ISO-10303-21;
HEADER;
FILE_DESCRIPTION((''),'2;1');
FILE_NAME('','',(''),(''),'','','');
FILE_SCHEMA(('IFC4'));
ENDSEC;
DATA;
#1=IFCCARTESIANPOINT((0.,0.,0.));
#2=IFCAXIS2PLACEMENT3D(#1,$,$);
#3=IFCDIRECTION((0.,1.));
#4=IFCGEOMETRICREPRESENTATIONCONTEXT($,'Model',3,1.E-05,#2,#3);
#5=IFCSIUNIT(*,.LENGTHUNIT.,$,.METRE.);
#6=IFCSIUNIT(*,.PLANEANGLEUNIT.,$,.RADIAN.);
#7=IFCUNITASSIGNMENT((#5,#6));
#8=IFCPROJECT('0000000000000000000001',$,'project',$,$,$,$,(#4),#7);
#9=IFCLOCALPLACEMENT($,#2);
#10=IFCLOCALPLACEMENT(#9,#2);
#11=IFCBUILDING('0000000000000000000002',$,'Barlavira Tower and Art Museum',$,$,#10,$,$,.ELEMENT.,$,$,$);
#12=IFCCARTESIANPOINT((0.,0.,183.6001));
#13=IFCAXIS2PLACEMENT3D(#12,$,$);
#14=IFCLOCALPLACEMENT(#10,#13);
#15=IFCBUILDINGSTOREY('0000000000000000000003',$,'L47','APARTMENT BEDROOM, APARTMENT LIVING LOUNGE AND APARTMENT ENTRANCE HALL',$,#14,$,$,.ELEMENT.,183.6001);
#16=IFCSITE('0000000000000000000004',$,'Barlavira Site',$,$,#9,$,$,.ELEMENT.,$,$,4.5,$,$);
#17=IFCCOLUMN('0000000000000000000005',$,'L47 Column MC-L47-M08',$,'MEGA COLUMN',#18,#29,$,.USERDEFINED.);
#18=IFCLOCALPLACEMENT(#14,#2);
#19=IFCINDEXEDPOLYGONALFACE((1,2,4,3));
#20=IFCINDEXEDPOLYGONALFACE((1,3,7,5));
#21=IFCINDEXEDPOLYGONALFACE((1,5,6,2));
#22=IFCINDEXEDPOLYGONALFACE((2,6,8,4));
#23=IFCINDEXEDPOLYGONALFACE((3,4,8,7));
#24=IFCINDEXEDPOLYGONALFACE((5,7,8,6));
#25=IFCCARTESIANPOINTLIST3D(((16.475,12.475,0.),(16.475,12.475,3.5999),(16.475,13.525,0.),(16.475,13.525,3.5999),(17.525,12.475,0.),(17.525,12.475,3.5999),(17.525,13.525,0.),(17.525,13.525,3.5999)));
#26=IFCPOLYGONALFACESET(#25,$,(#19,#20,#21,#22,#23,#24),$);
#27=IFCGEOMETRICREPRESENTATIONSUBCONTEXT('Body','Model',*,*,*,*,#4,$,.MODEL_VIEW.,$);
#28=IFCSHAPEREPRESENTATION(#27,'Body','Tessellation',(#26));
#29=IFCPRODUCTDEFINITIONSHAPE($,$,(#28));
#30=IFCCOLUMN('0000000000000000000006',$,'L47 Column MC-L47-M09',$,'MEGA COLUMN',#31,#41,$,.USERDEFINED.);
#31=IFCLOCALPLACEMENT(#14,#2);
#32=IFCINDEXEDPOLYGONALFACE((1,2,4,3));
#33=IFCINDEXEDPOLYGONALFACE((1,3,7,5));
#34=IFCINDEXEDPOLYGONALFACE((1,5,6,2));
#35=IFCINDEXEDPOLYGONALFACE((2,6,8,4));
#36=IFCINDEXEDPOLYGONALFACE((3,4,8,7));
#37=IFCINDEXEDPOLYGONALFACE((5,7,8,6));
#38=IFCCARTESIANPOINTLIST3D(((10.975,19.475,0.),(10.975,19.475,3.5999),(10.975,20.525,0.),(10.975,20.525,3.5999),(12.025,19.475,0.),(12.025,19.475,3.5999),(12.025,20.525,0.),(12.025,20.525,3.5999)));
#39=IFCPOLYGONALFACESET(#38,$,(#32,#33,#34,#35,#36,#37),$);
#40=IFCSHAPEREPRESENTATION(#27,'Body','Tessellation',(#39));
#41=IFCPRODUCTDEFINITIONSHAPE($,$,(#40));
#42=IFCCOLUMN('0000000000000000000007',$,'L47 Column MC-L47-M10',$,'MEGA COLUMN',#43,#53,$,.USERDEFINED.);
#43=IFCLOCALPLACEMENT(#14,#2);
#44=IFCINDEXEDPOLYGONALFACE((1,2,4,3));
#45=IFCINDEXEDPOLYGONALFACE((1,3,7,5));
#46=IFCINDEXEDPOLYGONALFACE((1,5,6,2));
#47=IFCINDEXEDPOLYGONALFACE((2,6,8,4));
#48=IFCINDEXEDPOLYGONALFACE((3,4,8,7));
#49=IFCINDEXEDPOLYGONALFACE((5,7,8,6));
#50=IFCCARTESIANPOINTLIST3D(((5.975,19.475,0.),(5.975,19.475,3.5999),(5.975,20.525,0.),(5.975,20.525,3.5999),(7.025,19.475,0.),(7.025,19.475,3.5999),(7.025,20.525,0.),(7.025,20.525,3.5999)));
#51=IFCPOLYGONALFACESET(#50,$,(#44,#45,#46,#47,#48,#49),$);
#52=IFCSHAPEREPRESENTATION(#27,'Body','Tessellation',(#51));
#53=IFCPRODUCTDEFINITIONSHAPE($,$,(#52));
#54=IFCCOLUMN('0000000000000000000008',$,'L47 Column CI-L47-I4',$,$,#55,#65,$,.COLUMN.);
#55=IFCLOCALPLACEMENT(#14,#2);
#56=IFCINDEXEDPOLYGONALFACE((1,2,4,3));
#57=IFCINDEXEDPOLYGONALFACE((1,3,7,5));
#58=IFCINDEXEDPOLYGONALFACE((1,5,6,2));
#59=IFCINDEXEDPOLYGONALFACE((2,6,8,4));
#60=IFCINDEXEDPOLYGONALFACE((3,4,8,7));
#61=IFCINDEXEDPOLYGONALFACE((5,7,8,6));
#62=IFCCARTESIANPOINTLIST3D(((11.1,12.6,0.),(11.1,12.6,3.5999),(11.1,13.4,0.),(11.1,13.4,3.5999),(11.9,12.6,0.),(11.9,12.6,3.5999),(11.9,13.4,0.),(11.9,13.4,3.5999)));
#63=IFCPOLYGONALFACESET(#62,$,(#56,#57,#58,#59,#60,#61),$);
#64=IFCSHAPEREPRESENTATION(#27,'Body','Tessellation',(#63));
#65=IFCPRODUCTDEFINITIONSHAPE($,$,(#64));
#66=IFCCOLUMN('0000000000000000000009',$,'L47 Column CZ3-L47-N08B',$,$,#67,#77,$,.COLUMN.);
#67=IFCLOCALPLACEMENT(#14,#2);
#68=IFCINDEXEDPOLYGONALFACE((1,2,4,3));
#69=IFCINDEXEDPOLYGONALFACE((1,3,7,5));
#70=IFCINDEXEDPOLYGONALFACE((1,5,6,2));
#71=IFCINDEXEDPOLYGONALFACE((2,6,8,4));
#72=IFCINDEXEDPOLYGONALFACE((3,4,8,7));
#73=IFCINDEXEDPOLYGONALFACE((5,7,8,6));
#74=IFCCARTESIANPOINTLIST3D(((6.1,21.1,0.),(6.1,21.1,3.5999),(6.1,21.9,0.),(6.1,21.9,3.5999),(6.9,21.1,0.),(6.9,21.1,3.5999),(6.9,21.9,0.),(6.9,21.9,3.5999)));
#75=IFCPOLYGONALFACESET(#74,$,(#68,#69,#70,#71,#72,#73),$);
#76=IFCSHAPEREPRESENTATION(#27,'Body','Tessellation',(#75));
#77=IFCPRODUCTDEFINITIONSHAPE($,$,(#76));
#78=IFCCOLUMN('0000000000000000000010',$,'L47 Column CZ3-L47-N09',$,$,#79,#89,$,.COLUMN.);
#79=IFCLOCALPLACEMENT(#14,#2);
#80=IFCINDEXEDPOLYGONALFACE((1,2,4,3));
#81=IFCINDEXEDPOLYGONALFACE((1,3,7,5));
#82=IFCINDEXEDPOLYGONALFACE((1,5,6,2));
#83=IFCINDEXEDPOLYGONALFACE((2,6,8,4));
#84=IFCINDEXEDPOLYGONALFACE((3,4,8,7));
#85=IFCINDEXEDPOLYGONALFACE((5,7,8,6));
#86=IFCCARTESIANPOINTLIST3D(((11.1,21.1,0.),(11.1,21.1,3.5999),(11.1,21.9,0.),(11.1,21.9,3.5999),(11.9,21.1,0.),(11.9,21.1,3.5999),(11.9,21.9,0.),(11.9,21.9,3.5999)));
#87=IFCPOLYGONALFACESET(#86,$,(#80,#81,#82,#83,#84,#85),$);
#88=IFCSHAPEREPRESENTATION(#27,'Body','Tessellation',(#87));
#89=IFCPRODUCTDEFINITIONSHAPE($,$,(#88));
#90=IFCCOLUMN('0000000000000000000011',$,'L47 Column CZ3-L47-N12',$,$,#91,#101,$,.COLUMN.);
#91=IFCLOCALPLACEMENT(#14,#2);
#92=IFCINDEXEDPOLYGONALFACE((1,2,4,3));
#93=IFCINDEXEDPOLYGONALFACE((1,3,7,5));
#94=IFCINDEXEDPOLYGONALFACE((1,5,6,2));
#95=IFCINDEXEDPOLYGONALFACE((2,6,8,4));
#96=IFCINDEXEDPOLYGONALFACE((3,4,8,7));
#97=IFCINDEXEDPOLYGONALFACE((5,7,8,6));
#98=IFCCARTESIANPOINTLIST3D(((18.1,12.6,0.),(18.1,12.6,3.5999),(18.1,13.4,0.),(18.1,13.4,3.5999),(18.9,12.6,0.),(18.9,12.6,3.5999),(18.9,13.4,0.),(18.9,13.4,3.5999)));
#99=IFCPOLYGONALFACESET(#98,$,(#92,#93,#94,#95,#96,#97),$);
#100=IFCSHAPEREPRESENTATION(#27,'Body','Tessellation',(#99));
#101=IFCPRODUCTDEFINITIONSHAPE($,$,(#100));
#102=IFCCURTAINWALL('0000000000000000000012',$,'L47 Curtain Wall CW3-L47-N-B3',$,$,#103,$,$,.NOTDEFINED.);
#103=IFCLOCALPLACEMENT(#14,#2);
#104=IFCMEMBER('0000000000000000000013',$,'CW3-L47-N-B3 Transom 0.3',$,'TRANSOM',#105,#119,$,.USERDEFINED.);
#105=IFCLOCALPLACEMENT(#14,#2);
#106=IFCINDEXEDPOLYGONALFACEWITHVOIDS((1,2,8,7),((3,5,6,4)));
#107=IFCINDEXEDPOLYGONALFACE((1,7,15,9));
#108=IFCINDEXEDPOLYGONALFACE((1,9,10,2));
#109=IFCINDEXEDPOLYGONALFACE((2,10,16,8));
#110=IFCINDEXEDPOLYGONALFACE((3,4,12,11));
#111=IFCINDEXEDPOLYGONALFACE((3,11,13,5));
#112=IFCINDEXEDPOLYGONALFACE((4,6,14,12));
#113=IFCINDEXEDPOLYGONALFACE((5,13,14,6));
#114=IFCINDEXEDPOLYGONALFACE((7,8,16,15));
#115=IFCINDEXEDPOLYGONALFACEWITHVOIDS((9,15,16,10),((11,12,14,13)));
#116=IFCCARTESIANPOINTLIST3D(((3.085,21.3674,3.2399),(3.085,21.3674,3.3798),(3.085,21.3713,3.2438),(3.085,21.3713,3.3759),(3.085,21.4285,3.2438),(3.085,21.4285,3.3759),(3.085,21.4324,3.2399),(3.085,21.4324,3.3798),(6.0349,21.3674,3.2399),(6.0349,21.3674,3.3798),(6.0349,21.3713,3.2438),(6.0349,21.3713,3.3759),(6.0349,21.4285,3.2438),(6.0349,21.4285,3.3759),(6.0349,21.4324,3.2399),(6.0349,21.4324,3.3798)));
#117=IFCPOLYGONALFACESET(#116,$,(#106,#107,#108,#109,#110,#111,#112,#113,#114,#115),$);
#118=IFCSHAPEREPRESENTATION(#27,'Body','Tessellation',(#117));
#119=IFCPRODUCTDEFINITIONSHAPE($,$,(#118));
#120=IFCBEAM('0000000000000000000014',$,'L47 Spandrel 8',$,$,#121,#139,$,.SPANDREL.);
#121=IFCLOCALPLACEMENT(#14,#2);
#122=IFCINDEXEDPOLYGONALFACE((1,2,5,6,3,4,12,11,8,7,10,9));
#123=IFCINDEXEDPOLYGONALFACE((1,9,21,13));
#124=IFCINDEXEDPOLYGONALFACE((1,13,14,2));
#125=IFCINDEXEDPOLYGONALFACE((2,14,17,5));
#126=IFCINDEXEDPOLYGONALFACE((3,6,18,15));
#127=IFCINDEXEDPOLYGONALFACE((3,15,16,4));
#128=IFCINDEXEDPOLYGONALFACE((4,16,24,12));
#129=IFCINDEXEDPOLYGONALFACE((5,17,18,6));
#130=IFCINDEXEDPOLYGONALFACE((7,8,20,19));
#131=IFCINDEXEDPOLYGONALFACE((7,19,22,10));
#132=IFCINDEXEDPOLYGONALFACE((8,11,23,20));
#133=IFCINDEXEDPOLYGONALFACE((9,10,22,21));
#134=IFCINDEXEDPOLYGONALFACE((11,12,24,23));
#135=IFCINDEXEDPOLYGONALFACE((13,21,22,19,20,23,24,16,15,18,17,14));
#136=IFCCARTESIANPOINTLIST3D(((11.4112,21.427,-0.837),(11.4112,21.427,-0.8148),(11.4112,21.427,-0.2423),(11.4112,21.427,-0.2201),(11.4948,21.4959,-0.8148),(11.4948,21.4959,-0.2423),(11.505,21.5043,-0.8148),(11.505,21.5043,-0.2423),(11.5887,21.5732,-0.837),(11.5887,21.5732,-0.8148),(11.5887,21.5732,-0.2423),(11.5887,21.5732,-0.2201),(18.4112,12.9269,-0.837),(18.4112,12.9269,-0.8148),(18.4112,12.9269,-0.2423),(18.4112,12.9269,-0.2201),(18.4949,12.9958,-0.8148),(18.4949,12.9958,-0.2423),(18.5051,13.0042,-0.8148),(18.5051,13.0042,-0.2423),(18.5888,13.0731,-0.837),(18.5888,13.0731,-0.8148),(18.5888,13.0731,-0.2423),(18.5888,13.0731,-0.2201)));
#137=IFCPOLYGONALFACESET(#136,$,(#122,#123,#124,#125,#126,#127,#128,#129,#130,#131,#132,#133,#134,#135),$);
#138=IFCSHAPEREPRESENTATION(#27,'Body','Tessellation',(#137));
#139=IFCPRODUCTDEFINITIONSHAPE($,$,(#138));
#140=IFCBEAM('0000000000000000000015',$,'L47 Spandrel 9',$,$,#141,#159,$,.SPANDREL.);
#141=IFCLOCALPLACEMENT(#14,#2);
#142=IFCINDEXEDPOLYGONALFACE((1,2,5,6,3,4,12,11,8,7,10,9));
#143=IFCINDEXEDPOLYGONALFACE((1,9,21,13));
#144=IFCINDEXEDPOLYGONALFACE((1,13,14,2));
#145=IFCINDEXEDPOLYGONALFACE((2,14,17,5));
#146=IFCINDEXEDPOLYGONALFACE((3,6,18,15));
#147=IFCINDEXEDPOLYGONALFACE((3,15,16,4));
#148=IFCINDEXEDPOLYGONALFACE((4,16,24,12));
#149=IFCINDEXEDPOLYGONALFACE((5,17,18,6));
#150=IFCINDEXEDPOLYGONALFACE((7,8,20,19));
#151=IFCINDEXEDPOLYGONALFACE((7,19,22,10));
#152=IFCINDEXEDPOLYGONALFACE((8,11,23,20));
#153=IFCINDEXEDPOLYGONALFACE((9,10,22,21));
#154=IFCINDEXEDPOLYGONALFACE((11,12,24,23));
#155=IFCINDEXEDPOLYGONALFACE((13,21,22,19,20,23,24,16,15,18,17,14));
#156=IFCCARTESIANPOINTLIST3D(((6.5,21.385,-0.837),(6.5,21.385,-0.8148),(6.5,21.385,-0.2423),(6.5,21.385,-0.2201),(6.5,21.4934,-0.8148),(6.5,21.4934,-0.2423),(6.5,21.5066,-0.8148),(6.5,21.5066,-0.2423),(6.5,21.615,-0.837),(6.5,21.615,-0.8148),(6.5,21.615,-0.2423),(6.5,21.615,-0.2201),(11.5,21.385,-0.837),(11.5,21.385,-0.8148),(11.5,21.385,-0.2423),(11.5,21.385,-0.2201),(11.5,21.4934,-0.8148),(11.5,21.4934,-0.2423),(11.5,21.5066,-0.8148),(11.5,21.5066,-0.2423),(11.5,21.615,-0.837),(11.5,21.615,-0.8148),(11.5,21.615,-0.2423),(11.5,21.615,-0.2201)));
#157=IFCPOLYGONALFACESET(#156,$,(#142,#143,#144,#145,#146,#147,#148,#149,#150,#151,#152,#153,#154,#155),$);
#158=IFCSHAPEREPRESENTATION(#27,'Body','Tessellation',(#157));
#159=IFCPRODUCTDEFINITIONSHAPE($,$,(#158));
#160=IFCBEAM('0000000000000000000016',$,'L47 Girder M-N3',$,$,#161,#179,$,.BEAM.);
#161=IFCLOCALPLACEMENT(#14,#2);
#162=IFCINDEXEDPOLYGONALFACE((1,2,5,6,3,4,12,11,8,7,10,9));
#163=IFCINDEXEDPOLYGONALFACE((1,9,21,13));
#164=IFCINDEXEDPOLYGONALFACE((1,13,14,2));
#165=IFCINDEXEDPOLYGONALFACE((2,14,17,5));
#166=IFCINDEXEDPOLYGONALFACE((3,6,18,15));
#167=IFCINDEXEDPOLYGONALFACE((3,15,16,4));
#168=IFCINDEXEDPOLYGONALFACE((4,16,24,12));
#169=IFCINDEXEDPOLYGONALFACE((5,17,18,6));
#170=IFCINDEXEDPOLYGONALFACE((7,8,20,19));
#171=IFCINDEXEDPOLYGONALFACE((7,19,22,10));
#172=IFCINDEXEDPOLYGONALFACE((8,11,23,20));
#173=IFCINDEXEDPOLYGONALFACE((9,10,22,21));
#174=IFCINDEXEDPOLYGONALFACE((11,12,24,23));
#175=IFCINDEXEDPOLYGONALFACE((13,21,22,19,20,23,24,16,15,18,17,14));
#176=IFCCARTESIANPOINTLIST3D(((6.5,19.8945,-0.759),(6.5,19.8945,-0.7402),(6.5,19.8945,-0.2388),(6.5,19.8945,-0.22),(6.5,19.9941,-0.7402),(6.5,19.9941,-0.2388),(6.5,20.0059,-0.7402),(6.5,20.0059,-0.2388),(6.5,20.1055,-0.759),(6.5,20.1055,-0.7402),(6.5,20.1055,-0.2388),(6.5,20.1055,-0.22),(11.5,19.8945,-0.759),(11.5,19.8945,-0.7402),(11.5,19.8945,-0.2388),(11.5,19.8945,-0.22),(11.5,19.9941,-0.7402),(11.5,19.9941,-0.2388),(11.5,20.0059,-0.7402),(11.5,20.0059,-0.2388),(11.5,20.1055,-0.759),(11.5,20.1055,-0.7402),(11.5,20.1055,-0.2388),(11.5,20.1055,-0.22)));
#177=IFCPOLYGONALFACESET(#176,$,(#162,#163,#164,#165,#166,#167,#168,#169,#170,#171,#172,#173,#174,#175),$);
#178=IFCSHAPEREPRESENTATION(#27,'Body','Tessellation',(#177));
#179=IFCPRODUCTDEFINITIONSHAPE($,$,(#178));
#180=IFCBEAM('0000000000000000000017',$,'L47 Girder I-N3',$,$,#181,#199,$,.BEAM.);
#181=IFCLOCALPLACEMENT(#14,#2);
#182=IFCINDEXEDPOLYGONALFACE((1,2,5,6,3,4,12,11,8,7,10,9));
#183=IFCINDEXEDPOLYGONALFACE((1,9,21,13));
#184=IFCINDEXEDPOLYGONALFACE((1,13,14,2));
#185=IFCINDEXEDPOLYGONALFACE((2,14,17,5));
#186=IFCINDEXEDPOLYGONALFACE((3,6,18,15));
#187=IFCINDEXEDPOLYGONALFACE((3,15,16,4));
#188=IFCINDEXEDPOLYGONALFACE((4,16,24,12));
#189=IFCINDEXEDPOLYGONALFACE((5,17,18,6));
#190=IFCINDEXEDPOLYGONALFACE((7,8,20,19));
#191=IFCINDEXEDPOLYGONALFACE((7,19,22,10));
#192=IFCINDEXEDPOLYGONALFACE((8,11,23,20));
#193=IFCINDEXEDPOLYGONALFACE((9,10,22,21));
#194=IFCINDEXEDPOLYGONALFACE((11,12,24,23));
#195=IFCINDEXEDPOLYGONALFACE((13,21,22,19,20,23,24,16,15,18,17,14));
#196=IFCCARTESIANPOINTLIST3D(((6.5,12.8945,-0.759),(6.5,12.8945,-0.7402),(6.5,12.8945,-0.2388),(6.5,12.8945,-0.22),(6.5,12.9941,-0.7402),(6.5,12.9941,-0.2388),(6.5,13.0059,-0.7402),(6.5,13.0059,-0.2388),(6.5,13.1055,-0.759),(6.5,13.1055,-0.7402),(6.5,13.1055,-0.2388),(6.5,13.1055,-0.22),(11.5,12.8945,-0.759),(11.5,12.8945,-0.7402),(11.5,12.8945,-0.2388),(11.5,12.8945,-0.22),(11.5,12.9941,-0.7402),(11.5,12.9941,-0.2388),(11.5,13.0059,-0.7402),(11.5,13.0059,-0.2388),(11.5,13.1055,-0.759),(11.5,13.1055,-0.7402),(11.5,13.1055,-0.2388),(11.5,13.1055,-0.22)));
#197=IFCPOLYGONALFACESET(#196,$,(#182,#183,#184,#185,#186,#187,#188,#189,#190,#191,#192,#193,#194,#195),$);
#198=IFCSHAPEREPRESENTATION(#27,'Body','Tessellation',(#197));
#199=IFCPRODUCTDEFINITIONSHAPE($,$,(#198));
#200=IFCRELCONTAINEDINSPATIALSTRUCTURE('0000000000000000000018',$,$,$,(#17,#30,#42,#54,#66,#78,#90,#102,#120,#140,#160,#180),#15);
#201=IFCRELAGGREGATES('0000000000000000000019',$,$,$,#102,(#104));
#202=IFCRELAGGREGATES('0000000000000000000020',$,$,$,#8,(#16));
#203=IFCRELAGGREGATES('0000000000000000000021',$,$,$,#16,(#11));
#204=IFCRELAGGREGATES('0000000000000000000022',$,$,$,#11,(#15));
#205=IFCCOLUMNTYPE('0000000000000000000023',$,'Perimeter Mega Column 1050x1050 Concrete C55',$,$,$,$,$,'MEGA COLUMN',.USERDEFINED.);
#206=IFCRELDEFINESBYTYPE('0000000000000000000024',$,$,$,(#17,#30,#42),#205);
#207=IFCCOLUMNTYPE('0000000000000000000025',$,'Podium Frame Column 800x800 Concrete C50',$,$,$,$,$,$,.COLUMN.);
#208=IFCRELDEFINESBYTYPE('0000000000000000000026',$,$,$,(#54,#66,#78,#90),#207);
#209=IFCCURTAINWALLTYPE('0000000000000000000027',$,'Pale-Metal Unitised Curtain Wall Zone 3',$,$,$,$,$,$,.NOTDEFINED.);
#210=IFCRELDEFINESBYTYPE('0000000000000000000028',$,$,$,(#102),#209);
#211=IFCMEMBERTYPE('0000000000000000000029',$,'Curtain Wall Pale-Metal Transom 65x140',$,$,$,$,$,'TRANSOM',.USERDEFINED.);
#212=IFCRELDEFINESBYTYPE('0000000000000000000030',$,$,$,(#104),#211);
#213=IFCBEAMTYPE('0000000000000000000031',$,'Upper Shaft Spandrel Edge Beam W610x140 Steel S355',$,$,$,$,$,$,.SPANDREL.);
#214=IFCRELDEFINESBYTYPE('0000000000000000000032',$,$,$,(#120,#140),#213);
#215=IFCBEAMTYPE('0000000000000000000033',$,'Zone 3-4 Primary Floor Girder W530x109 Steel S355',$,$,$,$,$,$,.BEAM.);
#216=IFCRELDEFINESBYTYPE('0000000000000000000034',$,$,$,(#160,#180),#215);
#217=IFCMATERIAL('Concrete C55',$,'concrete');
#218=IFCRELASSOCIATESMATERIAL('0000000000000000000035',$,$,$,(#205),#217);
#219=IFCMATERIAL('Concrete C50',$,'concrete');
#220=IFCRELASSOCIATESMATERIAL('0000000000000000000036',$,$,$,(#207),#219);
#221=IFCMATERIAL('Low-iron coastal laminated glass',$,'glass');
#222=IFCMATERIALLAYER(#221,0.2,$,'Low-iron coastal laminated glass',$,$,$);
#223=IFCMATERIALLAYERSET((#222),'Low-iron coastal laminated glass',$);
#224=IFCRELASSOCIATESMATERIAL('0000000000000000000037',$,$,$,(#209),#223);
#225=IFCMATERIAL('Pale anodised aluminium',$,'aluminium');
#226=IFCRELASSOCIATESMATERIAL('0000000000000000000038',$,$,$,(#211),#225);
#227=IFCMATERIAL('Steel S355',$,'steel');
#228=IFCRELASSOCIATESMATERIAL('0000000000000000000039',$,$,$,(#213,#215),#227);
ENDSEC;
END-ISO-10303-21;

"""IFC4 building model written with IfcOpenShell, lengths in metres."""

from ifc_helpers import new_model, si_unit, direction, frame, origin, origin_2d, place, context, subcontext, project, spatial, rectangle, hollow_rectangle, i_section, extrude, material, layer, layer_set, material_profile, profile_set, type_object, element, aggregate, save


model = new_model("IFC4")

# Units and contexts
model_context = context("Model", 3, precision=1e-05, world=origin(), true_north=direction((0.0, 1.0)))
body_context = subcontext(model_context, "Body", "Model", "MODEL_VIEW")
ifc_project = project(units=[si_unit("LENGTHUNIT", "METRE"), si_unit("PLANEANGLEUNIT", "RADIAN")], contexts=[model_context])

# Site, building, storey
site_placement = place(None, origin())
site = spatial("IfcSite", under=ifc_project, at=site_placement, Name="Barlavira Site", CompositionType="ELEMENT", RefElevation=4.5)
building_placement = place(site_placement, origin())
building = spatial("IfcBuilding", under=site, at=building_placement, Name="Barlavira Tower and Art Museum", CompositionType="ELEMENT")
storey_placement = place(building_placement, frame((0.0, 0.0, 183.6001)))
storey = spatial("IfcBuildingStorey", under=building, at=storey_placement, Name="L47", Description="APARTMENT BEDROOM, APARTMENT LIVING LOUNGE AND APARTMENT ENTRANCE HALL", CompositionType="ELEMENT", Elevation=183.6001)

# Columns
ifc_material_1 = material(Name="Concrete C55", Category="concrete")
ifc_material_profile_1 = material_profile(ifc_material_1, rectangle(XDim=1.05, YDim=1.05, at=origin_2d()), Name="RC-COL 1050x1050")
ifc_profile_set_1 = profile_set([ifc_material_profile_1], Name="Concrete C55")
column_type_1 = type_object("IfcColumnType", Name="Perimeter Mega Column 1050x1050 Concrete C55", ElementType="MEGA COLUMN", PredefinedType="USERDEFINED", material=ifc_profile_set_1)
for number, where, z_axis, x_axis, name in (
    (1, (17.0, 13.0, 0.0), (0.0, 0.0, 1.0), (1.0, 0.0, 0.0), "L47 Column MC-L47-M08"),
    (2, (11.5, 20.0, 0.0), (0.0, 0.0, 1.0), (1.0, 0.0, 0.0), "L47 Column MC-L47-M09"),
    (3, (6.5, 20.0, 0.0), (0.0, 0.0, 1.0), (1.0, 0.0, 0.0), "L47 Column MC-L47-M10"),
):
    element("IfcColumn", number, at=place(storey_placement, frame(where, z_axis=z_axis, x_axis=x_axis)), inside=storey, type_object=column_type_1, Name=name, ObjectType="MEGA COLUMN", PredefinedType="USERDEFINED", context=body_context, shape_type="SweptSolid", body=[
        extrude(rectangle(XDim=1.05, YDim=1.05, at=origin_2d()), origin(), (0.0, 0.0, 1.0), 3.5999),
    ])
ifc_material_2 = material(Name="Concrete C50", Category="concrete")
ifc_material_profile_2 = material_profile(ifc_material_2, rectangle(XDim=0.8, YDim=0.8, at=origin_2d()), Name="RC-COL 800x800")
ifc_profile_set_2 = profile_set([ifc_material_profile_2], Name="Concrete C50")
column_type_2 = type_object("IfcColumnType", Name="Podium Frame Column 800x800 Concrete C50", PredefinedType="COLUMN", material=ifc_profile_set_2)
for number, where, z_axis, x_axis, name in (
    (4, (11.5, 13.0, 0.0), (0.0, 0.0, 1.0), (1.0, 0.0, 0.0), "L47 Column CI-L47-I4"),
    (5, (6.5, 21.5, 0.0), (0.0, 0.0, 1.0), (1.0, 0.0, 0.0), "L47 Column CZ3-L47-N08B"),
    (6, (11.5, 21.5, 0.0), (0.0, 0.0, 1.0), (1.0, 0.0, 0.0), "L47 Column CZ3-L47-N09"),
    (7, (18.5, 13.0, 0.0), (0.0, 0.0, 1.0), (1.0, 0.0, 0.0), "L47 Column CZ3-L47-N12"),
):
    element("IfcColumn", number, at=place(storey_placement, frame(where, z_axis=z_axis, x_axis=x_axis)), inside=storey, type_object=column_type_2, Name=name, PredefinedType="COLUMN", context=body_context, shape_type="SweptSolid", body=[
        extrude(rectangle(XDim=0.8, YDim=0.8, at=origin_2d()), origin(), (0.0, 0.0, 1.0), 3.5999),
    ])

# Curtain wall, member
ifc_material_3 = material(Name="Low-iron coastal laminated glass", Category="glass")
ifc_layer_1 = layer(ifc_material_3, 0.2, Name="Low-iron coastal laminated glass")
ifc_layer_set_1 = layer_set([ifc_layer_1], Name="Low-iron coastal laminated glass")
curtain_wall_type = type_object("IfcCurtainWallType", Name="Pale-Metal Unitised Curtain Wall Zone 3", PredefinedType="NOTDEFINED", material=ifc_layer_set_1)
curtain_wall_placement = place(storey_placement, origin())
curtain_wall = element("IfcCurtainWall", 8, at=curtain_wall_placement, inside=storey, type_object=curtain_wall_type, Name="L47 Curtain Wall CW3-L47-N-B3", PredefinedType="NOTDEFINED")
ifc_material_4 = material(Name="Pale anodised aluminium", Category="aluminium")
ifc_material_profile_3 = material_profile(ifc_material_4, hollow_rectangle(XDim=0.0649, YDim=0.1399, WallThickness=0.0039, at=origin_2d()), Name="ALU-TRAN 65x140x4")
ifc_profile_set_3 = profile_set([ifc_material_profile_3], Name="Pale anodised aluminium")
member_type = type_object("IfcMemberType", Name="Curtain Wall Pale-Metal Transom 65x140", ElementType="TRANSOM", PredefinedType="USERDEFINED", material=ifc_profile_set_3)
member_placement = place(storey_placement, frame((6.0349, 21.3999, 3.3098), z_axis=(-1.0, 0.0, 0.0), x_axis=(0.0, -1.0, 0.0)))
member = element("IfcMember", 9, at=member_placement, type_object=member_type, Name="CW3-L47-N-B3 Transom 0.3", ObjectType="TRANSOM", PredefinedType="USERDEFINED", context=body_context, shape_type="SweptSolid", body=[
    extrude(hollow_rectangle(XDim=0.0649, YDim=0.1399, WallThickness=0.0039, at=origin_2d()), origin(), (0.0, 0.0, 1.0), 2.95),
])
aggregate(curtain_wall, [member])

# Beams
ifc_material_5 = material(Name="Steel S355", Category="steel")
ifc_material_profile_4 = material_profile(ifc_material_5, i_section(OverallWidth=0.23, OverallDepth=0.6169, WebThickness=0.0132, FlangeThickness=0.0222, at=origin_2d()), Name="W610x140.0")
ifc_profile_set_4 = profile_set([ifc_material_profile_4], Name="Steel S355")
beam_type_1 = type_object("IfcBeamType", Name="Upper Shaft Spandrel Edge Beam W610x140 Steel S355", PredefinedType="SPANDREL", material=ifc_profile_set_4)
beam_1_placement = place(storey_placement, frame((18.5, 13.0, -0.5286), z_axis=(-0.635707, 0.77193, 0.0), x_axis=(-0.77193, -0.635707, 0.0)))
element("IfcBeam", 10, at=beam_1_placement, inside=storey, type_object=beam_type_1, Name="L47 Spandrel 8", PredefinedType="SPANDREL", context=body_context, shape_type="SweptSolid", body=[
    extrude(i_section(OverallWidth=0.23, OverallDepth=0.6169, WebThickness=0.0132, FlangeThickness=0.0222, at=origin_2d()), origin(), (0.0, 0.0, 1.0), 11.0115),
])
beam_2_placement = place(storey_placement, frame((6.5, 21.5, -0.5286), z_axis=(1.0, 0.0, 0.0), x_axis=(0.0, 1.0, 0.0)))
element("IfcBeam", 11, at=beam_2_placement, inside=storey, type_object=beam_type_1, Name="L47 Spandrel 9", PredefinedType="SPANDREL", context=body_context, shape_type="SweptSolid", body=[
    extrude(i_section(OverallWidth=0.23, OverallDepth=0.6169, WebThickness=0.0132, FlangeThickness=0.0222, at=origin_2d()), origin(), (0.0, 0.0, 1.0), 5.0),
])
ifc_material_profile_5 = material_profile(ifc_material_5, i_section(OverallWidth=0.2109, OverallDepth=0.5391, WebThickness=0.0117, FlangeThickness=0.0188, at=origin_2d()), Name="W530x109.0")
ifc_profile_set_5 = profile_set([ifc_material_profile_5], Name="Steel S355")
beam_type_2 = type_object("IfcBeamType", Name="Zone 3-4 Primary Floor Girder W530x109 Steel S355", PredefinedType="BEAM", material=ifc_profile_set_5)
for number, where, z_axis, x_axis, name in (
    (12, (6.5, 20.0, -0.4895), (1.0, 0.0, 0.0), (0.0, 1.0, 0.0), "L47 Girder M-N3"),
    (13, (6.5, 13.0, -0.4895), (1.0, 0.0, 0.0), (0.0, 1.0, 0.0), "L47 Girder I-N3"),
):
    element("IfcBeam", number, at=place(storey_placement, frame(where, z_axis=z_axis, x_axis=x_axis)), inside=storey, type_object=beam_type_2, Name=name, PredefinedType="BEAM", context=body_context, shape_type="SweptSolid", body=[
        extrude(i_section(OverallWidth=0.2109, OverallDepth=0.5391, WebThickness=0.0117, FlangeThickness=0.0188, at=origin_2d()), origin(), (0.0, 0.0, 1.0), 5.0),
    ])

save(model, "model.ifc")
